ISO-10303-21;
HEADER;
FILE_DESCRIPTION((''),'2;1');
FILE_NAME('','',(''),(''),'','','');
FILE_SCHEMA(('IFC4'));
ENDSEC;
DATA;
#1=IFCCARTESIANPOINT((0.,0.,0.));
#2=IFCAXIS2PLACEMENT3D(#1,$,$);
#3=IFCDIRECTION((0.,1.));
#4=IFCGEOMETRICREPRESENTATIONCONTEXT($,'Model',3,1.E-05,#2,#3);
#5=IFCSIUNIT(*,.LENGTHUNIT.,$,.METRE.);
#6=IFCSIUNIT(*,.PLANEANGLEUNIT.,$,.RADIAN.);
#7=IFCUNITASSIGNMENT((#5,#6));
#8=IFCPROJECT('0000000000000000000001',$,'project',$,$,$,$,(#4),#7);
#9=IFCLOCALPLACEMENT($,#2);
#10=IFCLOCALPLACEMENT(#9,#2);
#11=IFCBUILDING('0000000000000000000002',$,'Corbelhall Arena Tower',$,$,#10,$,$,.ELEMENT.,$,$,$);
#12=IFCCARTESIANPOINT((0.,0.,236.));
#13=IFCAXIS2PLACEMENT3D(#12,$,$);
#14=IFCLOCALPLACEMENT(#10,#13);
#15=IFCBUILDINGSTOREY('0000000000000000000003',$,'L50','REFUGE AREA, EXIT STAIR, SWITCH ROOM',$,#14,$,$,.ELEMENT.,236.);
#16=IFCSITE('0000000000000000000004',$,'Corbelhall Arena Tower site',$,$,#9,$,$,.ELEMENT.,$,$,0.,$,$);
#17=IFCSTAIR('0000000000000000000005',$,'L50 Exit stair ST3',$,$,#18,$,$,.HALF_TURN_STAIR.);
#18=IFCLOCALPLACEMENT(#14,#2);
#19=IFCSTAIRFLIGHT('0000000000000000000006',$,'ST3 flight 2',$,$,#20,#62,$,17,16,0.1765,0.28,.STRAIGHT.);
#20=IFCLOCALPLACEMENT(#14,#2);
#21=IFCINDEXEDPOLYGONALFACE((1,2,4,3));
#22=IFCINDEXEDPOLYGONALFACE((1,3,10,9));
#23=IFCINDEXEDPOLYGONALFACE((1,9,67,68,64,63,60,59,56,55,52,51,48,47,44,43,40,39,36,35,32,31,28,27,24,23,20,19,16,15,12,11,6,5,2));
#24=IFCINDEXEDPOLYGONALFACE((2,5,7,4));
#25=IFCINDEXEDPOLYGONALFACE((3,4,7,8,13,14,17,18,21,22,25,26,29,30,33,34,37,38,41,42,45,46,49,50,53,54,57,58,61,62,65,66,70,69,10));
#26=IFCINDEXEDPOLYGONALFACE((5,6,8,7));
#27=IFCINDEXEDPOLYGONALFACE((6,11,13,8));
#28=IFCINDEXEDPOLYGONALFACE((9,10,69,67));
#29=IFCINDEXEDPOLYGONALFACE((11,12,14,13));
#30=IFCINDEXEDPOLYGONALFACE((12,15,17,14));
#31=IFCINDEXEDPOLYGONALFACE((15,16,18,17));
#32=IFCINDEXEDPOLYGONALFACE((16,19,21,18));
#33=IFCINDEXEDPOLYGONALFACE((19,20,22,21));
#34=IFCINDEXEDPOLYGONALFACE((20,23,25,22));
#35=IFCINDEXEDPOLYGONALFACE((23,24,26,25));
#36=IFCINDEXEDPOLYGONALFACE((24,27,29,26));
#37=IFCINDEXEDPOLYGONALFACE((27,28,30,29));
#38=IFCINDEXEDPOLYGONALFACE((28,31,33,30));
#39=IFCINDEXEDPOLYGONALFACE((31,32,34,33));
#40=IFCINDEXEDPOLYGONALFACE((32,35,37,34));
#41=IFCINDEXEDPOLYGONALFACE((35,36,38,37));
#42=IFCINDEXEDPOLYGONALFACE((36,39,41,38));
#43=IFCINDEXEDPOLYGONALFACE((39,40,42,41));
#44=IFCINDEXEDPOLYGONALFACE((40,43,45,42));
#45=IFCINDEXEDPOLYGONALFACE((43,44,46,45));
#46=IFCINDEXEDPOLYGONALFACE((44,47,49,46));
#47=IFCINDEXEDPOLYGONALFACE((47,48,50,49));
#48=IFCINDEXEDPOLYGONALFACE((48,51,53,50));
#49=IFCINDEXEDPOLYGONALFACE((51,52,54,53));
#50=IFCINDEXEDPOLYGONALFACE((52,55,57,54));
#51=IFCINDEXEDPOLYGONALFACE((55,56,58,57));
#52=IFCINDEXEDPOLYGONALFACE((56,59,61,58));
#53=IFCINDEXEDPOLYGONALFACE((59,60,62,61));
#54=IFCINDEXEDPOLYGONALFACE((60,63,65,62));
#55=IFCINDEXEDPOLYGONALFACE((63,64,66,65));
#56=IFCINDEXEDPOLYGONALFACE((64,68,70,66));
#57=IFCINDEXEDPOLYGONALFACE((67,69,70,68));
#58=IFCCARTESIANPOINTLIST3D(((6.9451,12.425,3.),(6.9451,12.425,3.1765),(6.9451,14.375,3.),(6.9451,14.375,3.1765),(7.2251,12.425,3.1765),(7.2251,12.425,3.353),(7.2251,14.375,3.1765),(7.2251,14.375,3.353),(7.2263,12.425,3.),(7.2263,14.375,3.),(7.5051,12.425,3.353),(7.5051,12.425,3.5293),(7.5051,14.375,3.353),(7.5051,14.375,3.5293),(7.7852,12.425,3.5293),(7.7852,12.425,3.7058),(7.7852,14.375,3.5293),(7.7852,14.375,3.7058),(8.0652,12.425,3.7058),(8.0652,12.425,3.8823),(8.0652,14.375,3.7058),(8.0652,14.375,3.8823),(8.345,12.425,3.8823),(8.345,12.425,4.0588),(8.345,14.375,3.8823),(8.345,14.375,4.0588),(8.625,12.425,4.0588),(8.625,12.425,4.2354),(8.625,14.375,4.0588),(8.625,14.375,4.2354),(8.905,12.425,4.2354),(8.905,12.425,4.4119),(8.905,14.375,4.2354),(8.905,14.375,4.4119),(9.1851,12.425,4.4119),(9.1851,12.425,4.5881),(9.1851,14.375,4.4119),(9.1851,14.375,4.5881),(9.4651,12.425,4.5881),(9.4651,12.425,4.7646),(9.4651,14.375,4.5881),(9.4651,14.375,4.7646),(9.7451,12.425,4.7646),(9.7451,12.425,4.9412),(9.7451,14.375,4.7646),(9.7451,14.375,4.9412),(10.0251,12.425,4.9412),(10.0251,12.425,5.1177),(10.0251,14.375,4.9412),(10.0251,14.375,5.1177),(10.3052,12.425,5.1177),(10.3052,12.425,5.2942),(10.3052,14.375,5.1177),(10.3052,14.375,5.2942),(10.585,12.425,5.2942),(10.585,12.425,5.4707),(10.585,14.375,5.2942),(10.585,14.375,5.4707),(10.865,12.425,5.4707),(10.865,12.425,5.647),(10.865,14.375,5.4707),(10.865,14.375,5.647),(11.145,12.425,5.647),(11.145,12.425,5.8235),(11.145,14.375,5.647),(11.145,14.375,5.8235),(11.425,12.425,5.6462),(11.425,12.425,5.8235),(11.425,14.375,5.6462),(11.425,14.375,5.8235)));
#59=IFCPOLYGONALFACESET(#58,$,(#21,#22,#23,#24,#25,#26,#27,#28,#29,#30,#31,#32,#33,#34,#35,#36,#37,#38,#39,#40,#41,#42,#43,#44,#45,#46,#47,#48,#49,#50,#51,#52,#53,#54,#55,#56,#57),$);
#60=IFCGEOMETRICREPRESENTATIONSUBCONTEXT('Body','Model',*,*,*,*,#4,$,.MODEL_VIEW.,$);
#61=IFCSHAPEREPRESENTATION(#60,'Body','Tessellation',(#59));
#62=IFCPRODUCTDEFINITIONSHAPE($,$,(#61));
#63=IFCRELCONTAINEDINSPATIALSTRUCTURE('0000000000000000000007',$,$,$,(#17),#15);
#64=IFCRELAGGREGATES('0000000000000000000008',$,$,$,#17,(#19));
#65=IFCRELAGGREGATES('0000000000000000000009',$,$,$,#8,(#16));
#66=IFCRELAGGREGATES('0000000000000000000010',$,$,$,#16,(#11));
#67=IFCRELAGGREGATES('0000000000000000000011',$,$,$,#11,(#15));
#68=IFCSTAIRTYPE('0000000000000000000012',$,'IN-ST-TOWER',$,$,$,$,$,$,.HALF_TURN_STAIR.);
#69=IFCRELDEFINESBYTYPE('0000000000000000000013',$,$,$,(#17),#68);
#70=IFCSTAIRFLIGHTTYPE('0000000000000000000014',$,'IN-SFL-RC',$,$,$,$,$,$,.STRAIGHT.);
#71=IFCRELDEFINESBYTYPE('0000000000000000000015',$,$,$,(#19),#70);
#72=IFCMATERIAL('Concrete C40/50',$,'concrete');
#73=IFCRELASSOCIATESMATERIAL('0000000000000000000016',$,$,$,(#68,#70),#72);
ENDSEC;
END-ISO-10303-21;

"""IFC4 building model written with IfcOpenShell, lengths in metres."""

from ifc_helpers import new_model, si_unit, direction, frame, origin, place, context, subcontext, project, spatial, polyline, outline, extrude, material, type_object, element, aggregate, save


model = new_model("IFC4")

# Units and contexts
model_context = context("Model", 3, precision=1e-05, world=origin(), true_north=direction((0.0, 1.0)))
body_context = subcontext(model_context, "Body", "Model", "MODEL_VIEW")
ifc_project = project(units=[si_unit("LENGTHUNIT", "METRE"), si_unit("PLANEANGLEUNIT", "RADIAN")], contexts=[model_context])

# Site, building, storey
site_placement = place(None, origin())
site = spatial("IfcSite", under=ifc_project, at=site_placement, Name="Corbelhall Arena Tower site", CompositionType="ELEMENT", RefElevation=0.0)
building_placement = place(site_placement, origin())
building = spatial("IfcBuilding", under=site, at=building_placement, Name="Corbelhall Arena Tower", CompositionType="ELEMENT")
storey_placement = place(building_placement, frame((0.0, 0.0, 236.0)))
storey = spatial("IfcBuildingStorey", under=building, at=storey_placement, Name="L50", Description="REFUGE AREA, EXIT STAIR, SWITCH ROOM", CompositionType="ELEMENT", Elevation=236.0)

# Shared definitions
ifc_material_1 = material(Name="Concrete C40/50", Category="concrete")

# Shared definitions
stair_type = type_object("IfcStairType", Name="IN-ST-TOWER", PredefinedType="HALF_TURN_STAIR", material=ifc_material_1)
stair_flight_type = type_object("IfcStairFlightType", Name="IN-SFL-RC", PredefinedType="STRAIGHT", material=ifc_material_1)

# Stair, stair flight
stair_1_placement = place(storey_placement, origin())
stair_1 = element("IfcStair", 1, at=stair_1_placement, inside=storey, type_object=stair_type, Name="L50 Exit stair ST3", PredefinedType="HALF_TURN_STAIR")
stair_flight_1_placement = place(storey_placement, frame((6.9451, 13.3999, 3.0), z_axis=(0.0, 0.0, 1.0), x_axis=(1.0, 0.0, 0.0)))
stair_flight_1 = element("IfcStairFlight", 2, at=stair_flight_1_placement, type_object=stair_flight_type, Name="ST3 flight 2", NumberOfRisers=17, NumberOfTreads=16, PredefinedType="STRAIGHT", RiserHeight=0.1765, TreadLength=0.28, context=body_context, shape_type="SweptSolid", body=[
    extrude(outline(polyline([(0.0, 0.0), (0.0, 0.1765), (0.28, 0.1765), (0.28, 0.353), (0.5601, 0.353), (0.5601, 0.5293), (0.8401, 0.5293), (0.8401, 0.7058), (1.1201, 0.7058), (1.1201, 0.8823), (1.3999, 0.8823), (1.3999, 1.0588), (1.6799, 1.0588), (1.6799, 1.2354), (1.96, 1.2354), (1.96, 1.4119), (2.24, 1.4119), (2.24, 1.5881), (2.52, 1.5881), (2.52, 1.7646), (2.8, 1.7646), (2.8, 1.9412), (3.0801, 1.9412), (3.0801, 2.1177), (3.3601, 2.1177), (3.3601, 2.2942), (3.6399, 2.2942), (3.6399, 2.4707), (3.9199, 2.4707), (3.9199, 2.647), (4.2, 2.647), (4.2, 2.8235), (4.48, 2.8235), (4.48, 3.0), (4.48, 2.6462), (0.2812, 0.0), (0.0, 0.0)])), frame((0.0, 0.9751, 0.0), z_axis=(0.0, -1.0, 0.0), x_axis=(1.0, 0.0, 0.0)), (0.0, 0.0, 1.0), 1.95),
])
aggregate(stair_1, [stair_flight_1])

save(model, "model.ifc")
